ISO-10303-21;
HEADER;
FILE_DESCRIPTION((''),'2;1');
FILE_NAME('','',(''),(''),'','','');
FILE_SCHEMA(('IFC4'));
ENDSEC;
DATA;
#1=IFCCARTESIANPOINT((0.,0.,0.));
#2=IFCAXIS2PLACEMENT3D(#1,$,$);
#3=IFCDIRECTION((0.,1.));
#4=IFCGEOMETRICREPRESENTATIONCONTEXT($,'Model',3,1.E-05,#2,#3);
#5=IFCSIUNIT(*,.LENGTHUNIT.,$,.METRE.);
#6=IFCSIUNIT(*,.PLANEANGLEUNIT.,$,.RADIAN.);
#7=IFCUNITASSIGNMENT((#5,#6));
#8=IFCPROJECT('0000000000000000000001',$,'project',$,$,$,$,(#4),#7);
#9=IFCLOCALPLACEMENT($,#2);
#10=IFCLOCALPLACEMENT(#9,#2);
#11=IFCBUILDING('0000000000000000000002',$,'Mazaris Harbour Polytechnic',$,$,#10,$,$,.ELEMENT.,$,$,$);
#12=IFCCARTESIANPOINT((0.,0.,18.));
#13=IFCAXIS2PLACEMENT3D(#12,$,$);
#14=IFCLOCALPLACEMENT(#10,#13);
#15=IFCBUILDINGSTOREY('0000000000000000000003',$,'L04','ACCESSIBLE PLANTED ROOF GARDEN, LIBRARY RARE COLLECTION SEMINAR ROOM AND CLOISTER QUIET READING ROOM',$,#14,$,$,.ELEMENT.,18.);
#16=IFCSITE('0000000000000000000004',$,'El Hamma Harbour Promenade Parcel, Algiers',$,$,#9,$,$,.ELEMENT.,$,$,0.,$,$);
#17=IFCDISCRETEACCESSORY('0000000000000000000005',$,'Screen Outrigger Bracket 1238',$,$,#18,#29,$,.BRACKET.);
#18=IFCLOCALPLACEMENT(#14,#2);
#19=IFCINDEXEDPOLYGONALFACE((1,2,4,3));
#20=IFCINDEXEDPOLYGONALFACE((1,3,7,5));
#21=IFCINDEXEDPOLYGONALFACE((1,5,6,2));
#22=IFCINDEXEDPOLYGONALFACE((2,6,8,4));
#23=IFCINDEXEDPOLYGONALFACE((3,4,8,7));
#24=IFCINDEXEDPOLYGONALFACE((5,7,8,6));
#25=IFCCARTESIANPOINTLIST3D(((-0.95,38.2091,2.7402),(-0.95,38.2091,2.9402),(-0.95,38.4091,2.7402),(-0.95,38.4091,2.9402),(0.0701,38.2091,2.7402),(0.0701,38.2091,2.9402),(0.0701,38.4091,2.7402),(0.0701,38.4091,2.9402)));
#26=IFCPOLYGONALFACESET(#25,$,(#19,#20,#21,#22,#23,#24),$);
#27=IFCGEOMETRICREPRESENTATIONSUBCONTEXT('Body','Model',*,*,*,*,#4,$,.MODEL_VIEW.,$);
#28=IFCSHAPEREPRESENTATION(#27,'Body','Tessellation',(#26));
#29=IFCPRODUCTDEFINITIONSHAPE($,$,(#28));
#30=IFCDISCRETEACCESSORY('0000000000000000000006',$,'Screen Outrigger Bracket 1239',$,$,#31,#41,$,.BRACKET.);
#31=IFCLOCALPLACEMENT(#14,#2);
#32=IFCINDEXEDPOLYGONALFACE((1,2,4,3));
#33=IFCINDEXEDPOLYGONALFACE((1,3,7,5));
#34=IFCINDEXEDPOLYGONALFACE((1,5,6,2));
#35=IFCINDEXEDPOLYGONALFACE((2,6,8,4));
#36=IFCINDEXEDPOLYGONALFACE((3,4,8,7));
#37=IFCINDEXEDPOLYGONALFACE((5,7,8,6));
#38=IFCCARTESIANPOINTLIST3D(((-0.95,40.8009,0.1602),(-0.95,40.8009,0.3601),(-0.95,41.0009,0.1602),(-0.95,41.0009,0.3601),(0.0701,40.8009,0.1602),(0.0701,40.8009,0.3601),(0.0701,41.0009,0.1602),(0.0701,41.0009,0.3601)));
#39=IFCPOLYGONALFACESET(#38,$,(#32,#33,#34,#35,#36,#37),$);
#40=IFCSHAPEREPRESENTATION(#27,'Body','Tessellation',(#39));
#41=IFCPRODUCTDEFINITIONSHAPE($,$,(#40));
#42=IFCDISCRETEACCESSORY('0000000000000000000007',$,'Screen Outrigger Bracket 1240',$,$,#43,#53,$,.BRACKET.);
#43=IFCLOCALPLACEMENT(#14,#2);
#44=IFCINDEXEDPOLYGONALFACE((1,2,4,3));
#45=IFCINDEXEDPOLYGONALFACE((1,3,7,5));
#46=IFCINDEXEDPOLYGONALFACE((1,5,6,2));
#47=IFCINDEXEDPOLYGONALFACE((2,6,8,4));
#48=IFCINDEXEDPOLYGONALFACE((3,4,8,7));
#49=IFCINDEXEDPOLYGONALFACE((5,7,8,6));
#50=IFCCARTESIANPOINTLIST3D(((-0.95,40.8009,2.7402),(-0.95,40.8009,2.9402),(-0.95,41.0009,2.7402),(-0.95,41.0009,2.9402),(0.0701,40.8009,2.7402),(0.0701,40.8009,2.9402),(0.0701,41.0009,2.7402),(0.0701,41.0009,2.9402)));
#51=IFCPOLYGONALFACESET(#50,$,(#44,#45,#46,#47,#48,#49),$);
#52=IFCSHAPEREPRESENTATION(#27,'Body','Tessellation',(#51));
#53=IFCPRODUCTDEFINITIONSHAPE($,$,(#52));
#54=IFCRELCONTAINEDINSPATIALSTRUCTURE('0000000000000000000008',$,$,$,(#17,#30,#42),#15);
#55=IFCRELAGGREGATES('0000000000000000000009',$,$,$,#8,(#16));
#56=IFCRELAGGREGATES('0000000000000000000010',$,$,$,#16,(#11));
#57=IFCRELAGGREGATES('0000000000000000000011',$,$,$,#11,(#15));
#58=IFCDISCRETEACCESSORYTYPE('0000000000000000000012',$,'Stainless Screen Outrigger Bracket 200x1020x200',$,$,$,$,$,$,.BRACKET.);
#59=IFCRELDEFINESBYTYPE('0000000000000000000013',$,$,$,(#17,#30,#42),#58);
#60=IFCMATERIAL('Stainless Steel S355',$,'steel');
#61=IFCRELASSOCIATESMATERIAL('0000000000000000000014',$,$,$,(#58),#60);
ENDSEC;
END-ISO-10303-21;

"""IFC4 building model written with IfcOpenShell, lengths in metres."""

from ifc_helpers import new_model, si_unit, direction, frame, origin, origin_2d, place, context, subcontext, project, spatial, rectangle, extrude, material, type_object, element, save


model = new_model("IFC4")

# Units and contexts
model_context = context("Model", 3, precision=1e-05, world=origin(), true_north=direction((0.0, 1.0)))
body_context = subcontext(model_context, "Body", "Model", "MODEL_VIEW")
ifc_project = project(units=[si_unit("LENGTHUNIT", "METRE"), si_unit("PLANEANGLEUNIT", "RADIAN")], contexts=[model_context])

# Site, building, storey
site_placement = place(None, origin())
site = spatial("IfcSite", under=ifc_project, at=site_placement, Name="El Hamma Harbour Promenade Parcel, Algiers", CompositionType="ELEMENT", RefElevation=0.0)
building_placement = place(site_placement, origin())
building = spatial("IfcBuilding", under=site, at=building_placement, Name="Mazaris Harbour Polytechnic", CompositionType="ELEMENT")
storey_placement = place(building_placement, frame((0.0, 0.0, 18.0)))
storey = spatial("IfcBuildingStorey", under=building, at=storey_placement, Name="L04", Description="ACCESSIBLE PLANTED ROOF GARDEN, LIBRARY RARE COLLECTION SEMINAR ROOM AND CLOISTER QUIET READING ROOM", CompositionType="ELEMENT", Elevation=18.0)

# Discrete accessories
ifc_material_1 = material(Name="Stainless Steel S355", Category="steel")
discrete_accessory_type = type_object("IfcDiscreteAccessoryType", Name="Stainless Screen Outrigger Bracket 200x1020x200", PredefinedType="BRACKET", material=ifc_material_1)
for number, where, z_axis, x_axis, name in (
    (1, (-0.4399, 38.3091, 2.7402), (0.0, 0.0, 1.0), (0.0, 1.0, 0.0), "Screen Outrigger Bracket 1238"),
    (2, (-0.4399, 40.9009, 0.1602), (0.0, 0.0, 1.0), (0.0, 1.0, 0.0), "Screen Outrigger Bracket 1239"),
    (3, (-0.4399, 40.9009, 2.7402), (0.0, 0.0, 1.0), (0.0, 1.0, 0.0), "Screen Outrigger Bracket 1240"),
):
    element("IfcDiscreteAccessory", number, at=place(storey_placement, frame(where, z_axis=z_axis, x_axis=x_axis)), inside=storey, type_object=discrete_accessory_type, Name=name, PredefinedType="BRACKET", context=body_context, shape_type="SweptSolid", body=[
        extrude(rectangle(XDim=0.2, YDim=1.02, at=origin_2d()), origin(), (0.0, 0.0, 1.0), 0.2),
    ])

save(model, "model.ifc")
